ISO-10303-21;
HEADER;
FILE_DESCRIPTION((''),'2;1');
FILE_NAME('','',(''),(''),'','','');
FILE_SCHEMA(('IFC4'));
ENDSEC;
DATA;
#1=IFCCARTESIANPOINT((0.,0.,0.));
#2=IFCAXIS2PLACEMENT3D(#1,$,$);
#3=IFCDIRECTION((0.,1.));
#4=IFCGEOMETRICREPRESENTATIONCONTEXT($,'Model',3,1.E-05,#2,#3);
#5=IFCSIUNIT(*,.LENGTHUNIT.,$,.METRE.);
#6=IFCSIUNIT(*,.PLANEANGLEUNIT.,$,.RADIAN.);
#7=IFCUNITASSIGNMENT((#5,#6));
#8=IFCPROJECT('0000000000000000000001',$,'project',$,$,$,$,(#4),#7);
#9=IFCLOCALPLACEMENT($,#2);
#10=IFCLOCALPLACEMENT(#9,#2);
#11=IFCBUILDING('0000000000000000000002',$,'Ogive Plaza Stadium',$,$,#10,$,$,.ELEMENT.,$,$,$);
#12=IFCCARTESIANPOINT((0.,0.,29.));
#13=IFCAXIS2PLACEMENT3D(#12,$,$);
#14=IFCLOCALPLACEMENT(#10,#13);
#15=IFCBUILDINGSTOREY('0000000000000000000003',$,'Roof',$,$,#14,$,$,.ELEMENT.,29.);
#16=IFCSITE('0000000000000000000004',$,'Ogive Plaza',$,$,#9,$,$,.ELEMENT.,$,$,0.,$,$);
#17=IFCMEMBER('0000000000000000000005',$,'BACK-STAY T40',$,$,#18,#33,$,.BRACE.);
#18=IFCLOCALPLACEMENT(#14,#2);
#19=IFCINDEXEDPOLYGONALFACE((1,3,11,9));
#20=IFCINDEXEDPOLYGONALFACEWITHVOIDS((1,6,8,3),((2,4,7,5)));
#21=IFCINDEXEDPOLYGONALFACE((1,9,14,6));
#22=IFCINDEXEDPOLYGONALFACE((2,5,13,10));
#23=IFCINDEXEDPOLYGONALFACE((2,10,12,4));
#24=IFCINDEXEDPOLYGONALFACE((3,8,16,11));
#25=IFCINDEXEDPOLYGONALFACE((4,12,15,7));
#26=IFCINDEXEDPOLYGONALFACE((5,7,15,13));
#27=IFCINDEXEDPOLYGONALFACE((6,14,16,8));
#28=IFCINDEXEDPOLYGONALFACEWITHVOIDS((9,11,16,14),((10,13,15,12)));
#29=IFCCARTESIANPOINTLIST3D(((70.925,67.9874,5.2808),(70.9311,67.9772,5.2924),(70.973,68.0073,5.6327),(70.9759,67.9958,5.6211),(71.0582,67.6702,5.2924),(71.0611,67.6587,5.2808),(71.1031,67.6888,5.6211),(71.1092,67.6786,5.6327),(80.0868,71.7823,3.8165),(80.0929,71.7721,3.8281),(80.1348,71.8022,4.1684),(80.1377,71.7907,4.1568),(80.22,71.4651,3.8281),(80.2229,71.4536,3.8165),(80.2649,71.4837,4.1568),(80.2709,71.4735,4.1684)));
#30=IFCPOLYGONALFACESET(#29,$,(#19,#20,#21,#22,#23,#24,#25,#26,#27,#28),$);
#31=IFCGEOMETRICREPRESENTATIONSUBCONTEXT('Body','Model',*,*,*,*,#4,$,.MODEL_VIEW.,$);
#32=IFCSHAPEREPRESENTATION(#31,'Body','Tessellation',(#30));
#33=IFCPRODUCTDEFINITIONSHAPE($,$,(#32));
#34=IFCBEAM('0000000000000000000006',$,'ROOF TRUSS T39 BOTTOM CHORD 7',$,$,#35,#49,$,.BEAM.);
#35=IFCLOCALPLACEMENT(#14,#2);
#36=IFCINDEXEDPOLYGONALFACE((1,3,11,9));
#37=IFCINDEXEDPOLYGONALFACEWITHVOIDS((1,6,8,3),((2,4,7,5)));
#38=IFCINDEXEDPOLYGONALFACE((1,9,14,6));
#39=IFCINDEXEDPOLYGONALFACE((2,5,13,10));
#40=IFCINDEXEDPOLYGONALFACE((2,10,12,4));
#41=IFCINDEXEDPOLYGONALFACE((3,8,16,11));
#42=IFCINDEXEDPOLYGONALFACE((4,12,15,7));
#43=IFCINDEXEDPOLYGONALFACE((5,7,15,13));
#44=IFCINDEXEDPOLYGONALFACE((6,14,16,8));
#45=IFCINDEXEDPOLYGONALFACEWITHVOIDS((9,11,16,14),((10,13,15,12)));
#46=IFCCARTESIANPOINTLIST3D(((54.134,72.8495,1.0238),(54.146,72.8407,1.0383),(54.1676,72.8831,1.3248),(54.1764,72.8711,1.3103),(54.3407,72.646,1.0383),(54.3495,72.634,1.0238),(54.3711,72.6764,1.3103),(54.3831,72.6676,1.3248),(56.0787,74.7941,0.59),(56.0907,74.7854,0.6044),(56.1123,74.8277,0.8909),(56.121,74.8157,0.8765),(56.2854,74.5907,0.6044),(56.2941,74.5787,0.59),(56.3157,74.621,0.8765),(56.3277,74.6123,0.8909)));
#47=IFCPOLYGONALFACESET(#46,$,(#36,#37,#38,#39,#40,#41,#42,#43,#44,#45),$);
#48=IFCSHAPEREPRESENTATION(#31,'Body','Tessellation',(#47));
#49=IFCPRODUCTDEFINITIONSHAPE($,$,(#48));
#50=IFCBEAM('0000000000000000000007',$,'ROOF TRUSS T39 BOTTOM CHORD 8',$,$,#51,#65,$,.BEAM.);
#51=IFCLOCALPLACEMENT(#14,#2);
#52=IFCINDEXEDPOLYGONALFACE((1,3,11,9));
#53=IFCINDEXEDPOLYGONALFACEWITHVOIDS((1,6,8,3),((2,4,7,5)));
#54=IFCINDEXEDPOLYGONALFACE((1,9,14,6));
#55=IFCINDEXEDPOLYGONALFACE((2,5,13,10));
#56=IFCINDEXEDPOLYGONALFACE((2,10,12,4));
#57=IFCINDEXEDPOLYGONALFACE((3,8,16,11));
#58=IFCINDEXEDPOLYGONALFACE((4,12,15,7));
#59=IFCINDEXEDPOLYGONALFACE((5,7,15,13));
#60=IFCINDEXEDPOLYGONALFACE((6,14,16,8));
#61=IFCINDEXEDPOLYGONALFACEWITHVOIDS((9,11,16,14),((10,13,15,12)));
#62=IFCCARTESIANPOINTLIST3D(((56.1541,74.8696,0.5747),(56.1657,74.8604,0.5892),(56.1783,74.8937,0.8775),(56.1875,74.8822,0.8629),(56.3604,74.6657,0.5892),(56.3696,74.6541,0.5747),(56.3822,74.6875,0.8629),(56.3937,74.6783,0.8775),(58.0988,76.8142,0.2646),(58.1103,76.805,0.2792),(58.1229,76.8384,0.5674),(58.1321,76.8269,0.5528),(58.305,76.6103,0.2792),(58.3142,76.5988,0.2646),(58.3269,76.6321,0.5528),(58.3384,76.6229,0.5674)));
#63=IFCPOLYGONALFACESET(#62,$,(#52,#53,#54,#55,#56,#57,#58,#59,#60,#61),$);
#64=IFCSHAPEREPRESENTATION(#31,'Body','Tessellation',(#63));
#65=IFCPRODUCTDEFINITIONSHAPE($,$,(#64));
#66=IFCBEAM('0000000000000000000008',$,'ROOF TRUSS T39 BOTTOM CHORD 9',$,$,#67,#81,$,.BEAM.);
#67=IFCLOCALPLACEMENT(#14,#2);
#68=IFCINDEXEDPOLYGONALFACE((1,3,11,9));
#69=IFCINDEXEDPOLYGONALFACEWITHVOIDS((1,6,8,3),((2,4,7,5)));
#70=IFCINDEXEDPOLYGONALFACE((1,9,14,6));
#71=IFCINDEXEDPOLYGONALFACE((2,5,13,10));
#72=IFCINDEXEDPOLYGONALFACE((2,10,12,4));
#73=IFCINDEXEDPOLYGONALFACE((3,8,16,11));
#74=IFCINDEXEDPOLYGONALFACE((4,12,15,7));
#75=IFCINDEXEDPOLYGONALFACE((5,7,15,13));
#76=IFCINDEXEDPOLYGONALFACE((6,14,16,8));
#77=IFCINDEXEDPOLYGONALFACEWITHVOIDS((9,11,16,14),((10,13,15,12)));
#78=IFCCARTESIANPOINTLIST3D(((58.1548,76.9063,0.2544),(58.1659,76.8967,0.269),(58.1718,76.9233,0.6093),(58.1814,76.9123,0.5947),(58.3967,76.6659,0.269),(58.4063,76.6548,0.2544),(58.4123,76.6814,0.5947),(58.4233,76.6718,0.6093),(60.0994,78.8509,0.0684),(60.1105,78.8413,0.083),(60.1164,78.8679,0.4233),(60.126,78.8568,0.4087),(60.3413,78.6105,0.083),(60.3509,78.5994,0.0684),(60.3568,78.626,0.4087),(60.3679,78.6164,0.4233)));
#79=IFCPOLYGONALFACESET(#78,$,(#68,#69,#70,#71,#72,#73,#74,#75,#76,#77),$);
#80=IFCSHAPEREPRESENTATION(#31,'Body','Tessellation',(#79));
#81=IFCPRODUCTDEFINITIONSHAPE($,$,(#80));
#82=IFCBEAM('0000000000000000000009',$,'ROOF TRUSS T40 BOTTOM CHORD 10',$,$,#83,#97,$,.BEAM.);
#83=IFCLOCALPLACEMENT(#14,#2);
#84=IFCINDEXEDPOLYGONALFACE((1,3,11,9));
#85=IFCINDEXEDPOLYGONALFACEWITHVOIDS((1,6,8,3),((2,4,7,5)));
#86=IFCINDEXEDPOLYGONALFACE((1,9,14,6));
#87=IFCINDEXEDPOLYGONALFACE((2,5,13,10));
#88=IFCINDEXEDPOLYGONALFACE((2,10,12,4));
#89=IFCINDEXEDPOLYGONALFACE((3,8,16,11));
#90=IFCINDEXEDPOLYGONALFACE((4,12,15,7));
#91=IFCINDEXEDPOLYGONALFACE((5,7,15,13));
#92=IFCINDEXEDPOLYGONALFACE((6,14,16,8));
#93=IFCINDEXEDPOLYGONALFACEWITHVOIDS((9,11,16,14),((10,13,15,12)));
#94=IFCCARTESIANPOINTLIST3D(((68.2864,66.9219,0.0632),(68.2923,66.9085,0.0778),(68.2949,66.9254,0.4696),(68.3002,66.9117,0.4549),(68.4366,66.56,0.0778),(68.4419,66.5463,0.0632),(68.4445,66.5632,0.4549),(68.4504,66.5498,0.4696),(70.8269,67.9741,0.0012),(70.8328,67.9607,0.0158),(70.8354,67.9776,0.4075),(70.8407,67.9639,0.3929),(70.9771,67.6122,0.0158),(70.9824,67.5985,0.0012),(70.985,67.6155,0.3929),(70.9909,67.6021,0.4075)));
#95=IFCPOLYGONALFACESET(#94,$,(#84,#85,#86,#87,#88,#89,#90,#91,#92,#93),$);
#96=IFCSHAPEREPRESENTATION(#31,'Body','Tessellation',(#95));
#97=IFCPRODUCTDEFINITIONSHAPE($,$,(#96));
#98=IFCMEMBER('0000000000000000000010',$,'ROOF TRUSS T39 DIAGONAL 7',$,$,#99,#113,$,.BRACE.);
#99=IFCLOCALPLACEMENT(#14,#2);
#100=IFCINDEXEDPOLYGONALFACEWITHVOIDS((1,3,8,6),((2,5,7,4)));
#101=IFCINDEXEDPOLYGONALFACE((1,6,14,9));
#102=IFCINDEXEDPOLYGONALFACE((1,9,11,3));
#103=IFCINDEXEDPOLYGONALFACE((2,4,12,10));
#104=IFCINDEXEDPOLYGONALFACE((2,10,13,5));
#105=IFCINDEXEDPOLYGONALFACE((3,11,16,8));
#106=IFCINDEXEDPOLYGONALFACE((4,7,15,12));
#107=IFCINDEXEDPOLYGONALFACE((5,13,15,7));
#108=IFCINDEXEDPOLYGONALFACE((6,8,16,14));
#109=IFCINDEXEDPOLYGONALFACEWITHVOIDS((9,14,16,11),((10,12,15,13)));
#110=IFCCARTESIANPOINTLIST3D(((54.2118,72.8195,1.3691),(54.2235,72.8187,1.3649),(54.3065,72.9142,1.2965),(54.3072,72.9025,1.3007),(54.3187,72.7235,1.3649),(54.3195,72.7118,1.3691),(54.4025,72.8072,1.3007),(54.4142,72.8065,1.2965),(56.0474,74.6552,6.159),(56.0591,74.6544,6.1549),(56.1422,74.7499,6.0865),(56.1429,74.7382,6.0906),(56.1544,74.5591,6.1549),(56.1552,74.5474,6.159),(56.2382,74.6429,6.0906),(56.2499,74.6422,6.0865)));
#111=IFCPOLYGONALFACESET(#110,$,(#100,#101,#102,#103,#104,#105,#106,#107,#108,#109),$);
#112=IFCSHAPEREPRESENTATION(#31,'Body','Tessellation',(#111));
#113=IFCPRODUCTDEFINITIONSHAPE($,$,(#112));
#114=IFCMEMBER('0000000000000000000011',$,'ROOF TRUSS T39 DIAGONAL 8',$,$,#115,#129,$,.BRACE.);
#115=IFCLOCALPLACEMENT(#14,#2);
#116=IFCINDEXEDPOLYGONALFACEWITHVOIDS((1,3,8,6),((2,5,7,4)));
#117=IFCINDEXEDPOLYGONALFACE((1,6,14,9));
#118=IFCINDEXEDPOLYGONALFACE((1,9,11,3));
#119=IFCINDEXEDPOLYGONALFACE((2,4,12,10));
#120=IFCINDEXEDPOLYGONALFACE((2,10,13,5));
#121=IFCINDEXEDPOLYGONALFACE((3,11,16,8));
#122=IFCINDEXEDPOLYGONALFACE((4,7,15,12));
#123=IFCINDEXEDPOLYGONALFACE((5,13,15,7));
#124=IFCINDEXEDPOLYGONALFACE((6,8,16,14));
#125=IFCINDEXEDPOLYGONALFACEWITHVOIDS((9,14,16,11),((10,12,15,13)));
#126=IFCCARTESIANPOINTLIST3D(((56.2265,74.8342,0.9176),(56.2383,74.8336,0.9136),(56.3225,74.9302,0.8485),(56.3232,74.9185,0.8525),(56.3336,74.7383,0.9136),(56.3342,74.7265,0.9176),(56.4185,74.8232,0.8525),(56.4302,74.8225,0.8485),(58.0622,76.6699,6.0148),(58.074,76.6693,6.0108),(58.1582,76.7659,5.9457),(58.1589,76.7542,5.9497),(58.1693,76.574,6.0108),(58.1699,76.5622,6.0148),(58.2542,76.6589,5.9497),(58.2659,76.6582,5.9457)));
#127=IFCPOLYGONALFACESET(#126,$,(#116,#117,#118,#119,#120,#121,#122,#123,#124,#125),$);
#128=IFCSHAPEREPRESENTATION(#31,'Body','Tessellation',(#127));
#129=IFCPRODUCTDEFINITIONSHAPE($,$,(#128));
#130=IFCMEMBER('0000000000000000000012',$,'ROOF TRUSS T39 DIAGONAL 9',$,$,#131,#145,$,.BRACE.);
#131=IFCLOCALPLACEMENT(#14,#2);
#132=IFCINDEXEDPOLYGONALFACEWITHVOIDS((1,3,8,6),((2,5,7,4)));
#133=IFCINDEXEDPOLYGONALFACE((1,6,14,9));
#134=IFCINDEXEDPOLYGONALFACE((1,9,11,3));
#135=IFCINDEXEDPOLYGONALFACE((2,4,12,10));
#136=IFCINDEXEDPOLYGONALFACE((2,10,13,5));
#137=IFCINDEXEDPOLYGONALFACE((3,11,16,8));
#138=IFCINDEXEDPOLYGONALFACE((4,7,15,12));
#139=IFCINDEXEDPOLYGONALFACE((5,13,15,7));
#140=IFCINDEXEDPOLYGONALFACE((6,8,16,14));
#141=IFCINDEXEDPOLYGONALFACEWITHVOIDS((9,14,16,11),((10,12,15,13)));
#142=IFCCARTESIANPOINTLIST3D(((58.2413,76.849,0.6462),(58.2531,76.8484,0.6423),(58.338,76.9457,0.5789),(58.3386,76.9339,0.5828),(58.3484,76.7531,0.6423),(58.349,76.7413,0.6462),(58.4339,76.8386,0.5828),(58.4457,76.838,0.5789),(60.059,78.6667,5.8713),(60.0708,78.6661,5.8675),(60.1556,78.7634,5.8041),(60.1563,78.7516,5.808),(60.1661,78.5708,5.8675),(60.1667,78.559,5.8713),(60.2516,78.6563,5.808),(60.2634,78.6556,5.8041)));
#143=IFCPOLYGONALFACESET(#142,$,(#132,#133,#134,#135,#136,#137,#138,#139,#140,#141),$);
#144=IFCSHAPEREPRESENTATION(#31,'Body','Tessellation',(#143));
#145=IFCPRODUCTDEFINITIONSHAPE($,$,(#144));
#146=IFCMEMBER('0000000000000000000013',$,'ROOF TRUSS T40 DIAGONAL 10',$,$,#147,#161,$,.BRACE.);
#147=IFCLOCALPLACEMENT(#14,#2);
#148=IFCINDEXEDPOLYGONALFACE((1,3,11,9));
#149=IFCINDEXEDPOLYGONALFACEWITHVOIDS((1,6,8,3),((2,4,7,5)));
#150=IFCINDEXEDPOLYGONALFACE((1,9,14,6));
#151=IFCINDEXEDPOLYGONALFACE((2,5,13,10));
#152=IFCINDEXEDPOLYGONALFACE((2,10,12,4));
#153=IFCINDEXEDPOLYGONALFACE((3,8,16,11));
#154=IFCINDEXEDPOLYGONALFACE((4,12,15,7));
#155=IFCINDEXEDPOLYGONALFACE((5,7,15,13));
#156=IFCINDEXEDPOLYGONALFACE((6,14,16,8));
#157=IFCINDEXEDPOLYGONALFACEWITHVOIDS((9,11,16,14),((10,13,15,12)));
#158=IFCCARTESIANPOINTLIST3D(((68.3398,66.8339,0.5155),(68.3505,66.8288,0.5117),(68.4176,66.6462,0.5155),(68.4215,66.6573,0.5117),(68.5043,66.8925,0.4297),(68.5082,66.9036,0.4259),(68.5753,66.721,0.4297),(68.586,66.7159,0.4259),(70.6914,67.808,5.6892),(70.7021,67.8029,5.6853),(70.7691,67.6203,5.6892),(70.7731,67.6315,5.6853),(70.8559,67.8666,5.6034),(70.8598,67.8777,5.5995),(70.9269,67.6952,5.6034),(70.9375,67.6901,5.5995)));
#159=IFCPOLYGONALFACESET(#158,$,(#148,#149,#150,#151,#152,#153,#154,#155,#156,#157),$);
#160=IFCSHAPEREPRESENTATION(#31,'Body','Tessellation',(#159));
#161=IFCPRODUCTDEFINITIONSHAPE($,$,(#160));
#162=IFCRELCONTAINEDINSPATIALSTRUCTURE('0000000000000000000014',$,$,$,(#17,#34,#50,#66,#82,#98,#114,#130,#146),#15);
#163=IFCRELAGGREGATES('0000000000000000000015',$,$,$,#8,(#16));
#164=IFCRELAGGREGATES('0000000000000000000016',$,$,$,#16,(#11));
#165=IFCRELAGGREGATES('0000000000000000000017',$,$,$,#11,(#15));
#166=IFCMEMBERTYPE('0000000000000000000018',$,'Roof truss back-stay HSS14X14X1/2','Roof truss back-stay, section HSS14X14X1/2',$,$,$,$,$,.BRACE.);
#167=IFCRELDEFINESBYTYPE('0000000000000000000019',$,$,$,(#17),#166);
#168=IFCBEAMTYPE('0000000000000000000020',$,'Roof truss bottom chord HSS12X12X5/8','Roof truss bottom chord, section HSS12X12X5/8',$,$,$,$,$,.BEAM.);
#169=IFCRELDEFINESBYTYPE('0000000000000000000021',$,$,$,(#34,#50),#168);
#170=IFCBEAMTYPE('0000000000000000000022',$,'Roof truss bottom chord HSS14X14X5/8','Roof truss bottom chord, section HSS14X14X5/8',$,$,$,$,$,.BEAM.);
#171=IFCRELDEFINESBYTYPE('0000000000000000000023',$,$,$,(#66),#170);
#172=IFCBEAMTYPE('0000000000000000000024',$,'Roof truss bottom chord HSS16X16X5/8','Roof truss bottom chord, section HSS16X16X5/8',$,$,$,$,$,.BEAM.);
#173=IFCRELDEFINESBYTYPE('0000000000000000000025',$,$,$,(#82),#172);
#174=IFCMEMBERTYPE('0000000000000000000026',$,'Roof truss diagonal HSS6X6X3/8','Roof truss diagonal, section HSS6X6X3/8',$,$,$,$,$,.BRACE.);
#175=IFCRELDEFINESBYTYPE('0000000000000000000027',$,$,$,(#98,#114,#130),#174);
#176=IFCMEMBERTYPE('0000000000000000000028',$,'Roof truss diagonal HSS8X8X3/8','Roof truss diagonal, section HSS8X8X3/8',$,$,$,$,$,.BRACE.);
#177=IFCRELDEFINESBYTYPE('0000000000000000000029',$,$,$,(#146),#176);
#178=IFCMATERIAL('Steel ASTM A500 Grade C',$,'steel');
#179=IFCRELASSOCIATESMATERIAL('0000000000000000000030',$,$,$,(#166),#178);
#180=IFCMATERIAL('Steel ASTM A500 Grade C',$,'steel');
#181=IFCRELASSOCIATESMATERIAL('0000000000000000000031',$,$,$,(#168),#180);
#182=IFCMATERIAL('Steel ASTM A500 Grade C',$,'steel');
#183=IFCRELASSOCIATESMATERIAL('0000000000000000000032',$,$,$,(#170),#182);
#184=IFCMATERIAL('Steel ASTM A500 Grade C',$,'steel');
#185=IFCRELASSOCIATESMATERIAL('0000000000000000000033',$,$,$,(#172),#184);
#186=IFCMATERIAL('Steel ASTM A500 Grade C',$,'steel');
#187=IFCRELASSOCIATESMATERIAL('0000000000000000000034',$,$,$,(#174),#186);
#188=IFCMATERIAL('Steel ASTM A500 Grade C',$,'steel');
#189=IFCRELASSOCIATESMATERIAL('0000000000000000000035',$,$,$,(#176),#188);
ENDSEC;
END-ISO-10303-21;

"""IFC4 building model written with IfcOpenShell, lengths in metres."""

from ifc_helpers import new_model, si_unit, direction, frame, origin, origin_2d, place, context, subcontext, project, spatial, hollow_rectangle, extrude, material, material_profile, profile_set, type_object, element, save


model = new_model("IFC4")

# Units and contexts
model_context = context("Model", 3, precision=1e-05, world=origin(), true_north=direction((0.0, 1.0)))
body_context = subcontext(model_context, "Body", "Model", "MODEL_VIEW")
ifc_project = project(units=[si_unit("LENGTHUNIT", "METRE"), si_unit("PLANEANGLEUNIT", "RADIAN")], contexts=[model_context])

# Site, building, storey
site_placement = place(None, origin())
site = spatial("IfcSite", under=ifc_project, at=site_placement, Name="Ogive Plaza", CompositionType="ELEMENT", RefElevation=0.0)
building_placement = place(site_placement, origin())
building = spatial("IfcBuilding", under=site, at=building_placement, Name="Ogive Plaza Stadium", CompositionType="ELEMENT")
storey_placement = place(building_placement, frame((0.0, 0.0, 29.0)))
storey = spatial("IfcBuildingStorey", under=building, at=storey_placement, Name="Roof", CompositionType="ELEMENT", Elevation=29.0)

# Member
ifc_material_1 = material(Name="Steel ASTM A500 Grade C", Category="steel")
ifc_material_profile_1 = material_profile(ifc_material_1, hollow_rectangle(XDim=0.3557, YDim=0.3557, WallThickness=0.0117, at=origin_2d()), Name="HSS14X14X1/2")
ifc_profile_set_1 = profile_set([ifc_material_profile_1], Name="Steel ASTM A500 Grade C")
member_type_1 = type_object("IfcMemberType", Name="Roof truss back-stay HSS14X14X1/2", Description="Roof truss back-stay, section HSS14X14X1/2", PredefinedType="BRACE", material=ifc_profile_set_1)
member_1_placement = place(storey_placement, frame((71.0171, 67.833, 5.4568), z_axis=(0.91397, 0.378574, -0.146081), x_axis=(-0.382679, 0.923881, 0.0)))
element("IfcMember", 1, at=member_1_placement, inside=storey, type_object=member_type_1, Name="BACK-STAY T40", PredefinedType="BRACE", context=body_context, shape_type="SweptSolid", body=[
    extrude(hollow_rectangle(XDim=0.3557, YDim=0.3557, WallThickness=0.0117, at=origin_2d()), origin(), (0.0, 0.0, 1.0), 10.0242),
])

# Beams
ifc_material_2 = material(Name="Steel ASTM A500 Grade C", Category="steel")
ifc_material_profile_2 = material_profile(ifc_material_2, hollow_rectangle(XDim=0.3047, YDim=0.3047, WallThickness=0.0146, at=origin_2d()), Name="HSS12X12X5/8")
ifc_profile_set_2 = profile_set([ifc_material_profile_2], Name="Steel ASTM A500 Grade C")
beam_type_1 = type_object("IfcBeamType", Name="Roof truss bottom chord HSS12X12X5/8", Description="Roof truss bottom chord, section HSS12X12X5/8", PredefinedType="BEAM", material=ifc_profile_set_2)
beam_1_placement = place(storey_placement, frame((54.2585, 72.7585, 1.1743), z_axis=(0.698469, 0.698469, -0.155829), x_axis=(-0.707107, 0.707107, 0.0)))
element("IfcBeam", 2, at=beam_1_placement, inside=storey, type_object=beam_type_1, Name="ROOF TRUSS T39 BOTTOM CHORD 7", PredefinedType="BEAM", context=body_context, shape_type="SweptSolid", body=[
    extrude(hollow_rectangle(XDim=0.3047, YDim=0.3047, WallThickness=0.0146, at=origin_2d()), origin(), (0.0, 0.0, 1.0), 2.7842),
])
beam_2_placement = place(storey_placement, frame((56.2739, 74.7739, 0.7261), z_axis=(0.702655, 0.702655, -0.112037), x_axis=(-0.707107, 0.707107, 0.0)))
element("IfcBeam", 3, at=beam_2_placement, inside=storey, type_object=beam_type_1, Name="ROOF TRUSS T39 BOTTOM CHORD 8", PredefinedType="BEAM", context=body_context, shape_type="SweptSolid", body=[
    extrude(hollow_rectangle(XDim=0.3047, YDim=0.3047, WallThickness=0.0146, at=origin_2d()), origin(), (0.0, 0.0, 1.0), 2.7676),
])
ifc_material_3 = material(Name="Steel ASTM A500 Grade C", Category="steel")
ifc_material_profile_3 = material_profile(ifc_material_3, hollow_rectangle(XDim=0.3557, YDim=0.3557, WallThickness=0.0146, at=origin_2d()), Name="HSS14X14X5/8")
ifc_profile_set_3 = profile_set([ifc_material_profile_3], Name="Steel ASTM A500 Grade C")
beam_type_2 = type_object("IfcBeamType", Name="Roof truss bottom chord HSS14X14X5/8", Description="Roof truss bottom chord, section HSS14X14X5/8", PredefinedType="BEAM", material=ifc_profile_set_3)
beam_3_placement = place(storey_placement, frame((58.2891, 76.7891, 0.4319), z_axis=(0.705494, 0.705494, -0.067494), x_axis=(-0.707107, 0.707107, 0.0)))
element("IfcBeam", 4, at=beam_3_placement, inside=storey, type_object=beam_type_2, Name="ROOF TRUSS T39 BOTTOM CHORD 9", PredefinedType="BEAM", context=body_context, shape_type="SweptSolid", body=[
    extrude(hollow_rectangle(XDim=0.3557, YDim=0.3557, WallThickness=0.0146, at=origin_2d()), origin(), (0.0, 0.0, 1.0), 2.7563),
])
ifc_material_4 = material(Name="Steel ASTM A500 Grade C", Category="steel")
ifc_material_profile_4 = material_profile(ifc_material_4, hollow_rectangle(XDim=0.4065, YDim=0.4065, WallThickness=0.0146, at=origin_2d()), Name="HSS16X16X5/8")
ifc_profile_set_4 = profile_set([ifc_material_profile_4], Name="Steel ASTM A500 Grade C")
beam_type_3 = type_object("IfcBeamType", Name="Roof truss bottom chord HSS16X16X5/8", Description="Roof truss bottom chord, section HSS16X16X5/8", PredefinedType="BEAM", material=ifc_profile_set_4)
beam_4_placement = place(storey_placement, frame((68.3684, 66.7358, 0.2664), z_axis=(0.923654, 0.382563, -0.022545), x_axis=(-0.38266, 0.923889, 0.0)))
element("IfcBeam", 5, at=beam_4_placement, inside=storey, type_object=beam_type_3, Name="ROOF TRUSS T40 BOTTOM CHORD 10", PredefinedType="BEAM", context=body_context, shape_type="SweptSolid", body=[
    extrude(hollow_rectangle(XDim=0.4065, YDim=0.4065, WallThickness=0.0146, at=origin_2d()), origin(), (0.0, 0.0, 1.0), 2.7505),
])

# Members
ifc_material_5 = material(Name="Steel ASTM A500 Grade C", Category="steel")
ifc_material_profile_5 = material_profile(ifc_material_5, hollow_rectangle(XDim=0.1523, YDim=0.1523, WallThickness=0.0088, at=origin_2d()), Name="HSS6X6X3/8")
ifc_profile_set_5 = profile_set([ifc_material_profile_5], Name="Steel ASTM A500 Grade C")
member_type_2 = type_object("IfcMemberType", Name="Roof truss diagonal HSS6X6X3/8", Description="Roof truss diagonal, section HSS6X6X3/8", PredefinedType="BRACE", material=ifc_profile_set_5)
member_2_placement = place(storey_placement, frame((54.313, 72.813, 1.3328), z_axis=(0.336929, 0.336929, 0.87918), x_axis=(-0.707107, 0.707107, 0.0)))
element("IfcMember", 6, at=member_2_placement, inside=storey, type_object=member_type_2, Name="ROOF TRUSS T39 DIAGONAL 7", PredefinedType="BRACE", context=body_context, shape_type="SweptSolid", body=[
    extrude(hollow_rectangle(XDim=0.1523, YDim=0.1523, WallThickness=0.0088, at=origin_2d()), origin(), (0.0, 0.0, 1.0), 5.4482),
])
member_3_placement = place(storey_placement, frame((56.3284, 74.8284, 0.8831), z_axis=(0.320914, 0.320914, 0.891082), x_axis=(-0.707107, 0.707107, 0.0)))
element("IfcMember", 7, at=member_3_placement, inside=storey, type_object=member_type_2, Name="ROOF TRUSS T39 DIAGONAL 8", PredefinedType="BRACE", context=body_context, shape_type="SweptSolid", body=[
    extrude(hollow_rectangle(XDim=0.1523, YDim=0.1523, WallThickness=0.0088, at=origin_2d()), origin(), (0.0, 0.0, 1.0), 5.7202),
])
member_4_placement = place(storey_placement, frame((58.3435, 76.8435, 0.6125), z_axis=(0.312138, 0.312138, 0.897296), x_axis=(-0.707107, 0.707107, 0.0)))
element("IfcMember", 8, at=member_4_placement, inside=storey, type_object=member_type_2, Name="ROOF TRUSS T39 DIAGONAL 9", PredefinedType="BRACE", context=body_context, shape_type="SweptSolid", body=[
    extrude(hollow_rectangle(XDim=0.1523, YDim=0.1523, WallThickness=0.0088, at=origin_2d()), origin(), (0.0, 0.0, 1.0), 5.8232),
])
ifc_material_6 = material(Name="Steel ASTM A500 Grade C", Category="steel")
ifc_material_profile_6 = material_profile(ifc_material_6, hollow_rectangle(XDim=0.2031, YDim=0.2031, WallThickness=0.0088, at=origin_2d()), Name="HSS8X8X3/8")
ifc_profile_set_6 = profile_set([ifc_material_profile_6], Name="Steel ASTM A500 Grade C")
member_type_3 = type_object("IfcMemberType", Name="Roof truss diagonal HSS8X8X3/8", Description="Roof truss diagonal, section HSS8X8X3/8", PredefinedType="BRACE", material=ifc_profile_set_6)
member_5_placement = place(storey_placement, frame((68.4629, 66.7749, 0.4707), z_axis=(0.407845, 0.168947, 0.897284), x_axis=(-0.382708, 0.92387, 0.0)))
element("IfcMember", 9, at=member_5_placement, inside=storey, type_object=member_type_3, Name="ROOF TRUSS T40 DIAGONAL 10", PredefinedType="BRACE", context=body_context, shape_type="SweptSolid", body=[
    extrude(hollow_rectangle(XDim=0.2031, YDim=0.2031, WallThickness=0.0088, at=origin_2d()), origin(), (0.0, 0.0, 1.0), 5.7659),
])

save(model, "model.ifc")
